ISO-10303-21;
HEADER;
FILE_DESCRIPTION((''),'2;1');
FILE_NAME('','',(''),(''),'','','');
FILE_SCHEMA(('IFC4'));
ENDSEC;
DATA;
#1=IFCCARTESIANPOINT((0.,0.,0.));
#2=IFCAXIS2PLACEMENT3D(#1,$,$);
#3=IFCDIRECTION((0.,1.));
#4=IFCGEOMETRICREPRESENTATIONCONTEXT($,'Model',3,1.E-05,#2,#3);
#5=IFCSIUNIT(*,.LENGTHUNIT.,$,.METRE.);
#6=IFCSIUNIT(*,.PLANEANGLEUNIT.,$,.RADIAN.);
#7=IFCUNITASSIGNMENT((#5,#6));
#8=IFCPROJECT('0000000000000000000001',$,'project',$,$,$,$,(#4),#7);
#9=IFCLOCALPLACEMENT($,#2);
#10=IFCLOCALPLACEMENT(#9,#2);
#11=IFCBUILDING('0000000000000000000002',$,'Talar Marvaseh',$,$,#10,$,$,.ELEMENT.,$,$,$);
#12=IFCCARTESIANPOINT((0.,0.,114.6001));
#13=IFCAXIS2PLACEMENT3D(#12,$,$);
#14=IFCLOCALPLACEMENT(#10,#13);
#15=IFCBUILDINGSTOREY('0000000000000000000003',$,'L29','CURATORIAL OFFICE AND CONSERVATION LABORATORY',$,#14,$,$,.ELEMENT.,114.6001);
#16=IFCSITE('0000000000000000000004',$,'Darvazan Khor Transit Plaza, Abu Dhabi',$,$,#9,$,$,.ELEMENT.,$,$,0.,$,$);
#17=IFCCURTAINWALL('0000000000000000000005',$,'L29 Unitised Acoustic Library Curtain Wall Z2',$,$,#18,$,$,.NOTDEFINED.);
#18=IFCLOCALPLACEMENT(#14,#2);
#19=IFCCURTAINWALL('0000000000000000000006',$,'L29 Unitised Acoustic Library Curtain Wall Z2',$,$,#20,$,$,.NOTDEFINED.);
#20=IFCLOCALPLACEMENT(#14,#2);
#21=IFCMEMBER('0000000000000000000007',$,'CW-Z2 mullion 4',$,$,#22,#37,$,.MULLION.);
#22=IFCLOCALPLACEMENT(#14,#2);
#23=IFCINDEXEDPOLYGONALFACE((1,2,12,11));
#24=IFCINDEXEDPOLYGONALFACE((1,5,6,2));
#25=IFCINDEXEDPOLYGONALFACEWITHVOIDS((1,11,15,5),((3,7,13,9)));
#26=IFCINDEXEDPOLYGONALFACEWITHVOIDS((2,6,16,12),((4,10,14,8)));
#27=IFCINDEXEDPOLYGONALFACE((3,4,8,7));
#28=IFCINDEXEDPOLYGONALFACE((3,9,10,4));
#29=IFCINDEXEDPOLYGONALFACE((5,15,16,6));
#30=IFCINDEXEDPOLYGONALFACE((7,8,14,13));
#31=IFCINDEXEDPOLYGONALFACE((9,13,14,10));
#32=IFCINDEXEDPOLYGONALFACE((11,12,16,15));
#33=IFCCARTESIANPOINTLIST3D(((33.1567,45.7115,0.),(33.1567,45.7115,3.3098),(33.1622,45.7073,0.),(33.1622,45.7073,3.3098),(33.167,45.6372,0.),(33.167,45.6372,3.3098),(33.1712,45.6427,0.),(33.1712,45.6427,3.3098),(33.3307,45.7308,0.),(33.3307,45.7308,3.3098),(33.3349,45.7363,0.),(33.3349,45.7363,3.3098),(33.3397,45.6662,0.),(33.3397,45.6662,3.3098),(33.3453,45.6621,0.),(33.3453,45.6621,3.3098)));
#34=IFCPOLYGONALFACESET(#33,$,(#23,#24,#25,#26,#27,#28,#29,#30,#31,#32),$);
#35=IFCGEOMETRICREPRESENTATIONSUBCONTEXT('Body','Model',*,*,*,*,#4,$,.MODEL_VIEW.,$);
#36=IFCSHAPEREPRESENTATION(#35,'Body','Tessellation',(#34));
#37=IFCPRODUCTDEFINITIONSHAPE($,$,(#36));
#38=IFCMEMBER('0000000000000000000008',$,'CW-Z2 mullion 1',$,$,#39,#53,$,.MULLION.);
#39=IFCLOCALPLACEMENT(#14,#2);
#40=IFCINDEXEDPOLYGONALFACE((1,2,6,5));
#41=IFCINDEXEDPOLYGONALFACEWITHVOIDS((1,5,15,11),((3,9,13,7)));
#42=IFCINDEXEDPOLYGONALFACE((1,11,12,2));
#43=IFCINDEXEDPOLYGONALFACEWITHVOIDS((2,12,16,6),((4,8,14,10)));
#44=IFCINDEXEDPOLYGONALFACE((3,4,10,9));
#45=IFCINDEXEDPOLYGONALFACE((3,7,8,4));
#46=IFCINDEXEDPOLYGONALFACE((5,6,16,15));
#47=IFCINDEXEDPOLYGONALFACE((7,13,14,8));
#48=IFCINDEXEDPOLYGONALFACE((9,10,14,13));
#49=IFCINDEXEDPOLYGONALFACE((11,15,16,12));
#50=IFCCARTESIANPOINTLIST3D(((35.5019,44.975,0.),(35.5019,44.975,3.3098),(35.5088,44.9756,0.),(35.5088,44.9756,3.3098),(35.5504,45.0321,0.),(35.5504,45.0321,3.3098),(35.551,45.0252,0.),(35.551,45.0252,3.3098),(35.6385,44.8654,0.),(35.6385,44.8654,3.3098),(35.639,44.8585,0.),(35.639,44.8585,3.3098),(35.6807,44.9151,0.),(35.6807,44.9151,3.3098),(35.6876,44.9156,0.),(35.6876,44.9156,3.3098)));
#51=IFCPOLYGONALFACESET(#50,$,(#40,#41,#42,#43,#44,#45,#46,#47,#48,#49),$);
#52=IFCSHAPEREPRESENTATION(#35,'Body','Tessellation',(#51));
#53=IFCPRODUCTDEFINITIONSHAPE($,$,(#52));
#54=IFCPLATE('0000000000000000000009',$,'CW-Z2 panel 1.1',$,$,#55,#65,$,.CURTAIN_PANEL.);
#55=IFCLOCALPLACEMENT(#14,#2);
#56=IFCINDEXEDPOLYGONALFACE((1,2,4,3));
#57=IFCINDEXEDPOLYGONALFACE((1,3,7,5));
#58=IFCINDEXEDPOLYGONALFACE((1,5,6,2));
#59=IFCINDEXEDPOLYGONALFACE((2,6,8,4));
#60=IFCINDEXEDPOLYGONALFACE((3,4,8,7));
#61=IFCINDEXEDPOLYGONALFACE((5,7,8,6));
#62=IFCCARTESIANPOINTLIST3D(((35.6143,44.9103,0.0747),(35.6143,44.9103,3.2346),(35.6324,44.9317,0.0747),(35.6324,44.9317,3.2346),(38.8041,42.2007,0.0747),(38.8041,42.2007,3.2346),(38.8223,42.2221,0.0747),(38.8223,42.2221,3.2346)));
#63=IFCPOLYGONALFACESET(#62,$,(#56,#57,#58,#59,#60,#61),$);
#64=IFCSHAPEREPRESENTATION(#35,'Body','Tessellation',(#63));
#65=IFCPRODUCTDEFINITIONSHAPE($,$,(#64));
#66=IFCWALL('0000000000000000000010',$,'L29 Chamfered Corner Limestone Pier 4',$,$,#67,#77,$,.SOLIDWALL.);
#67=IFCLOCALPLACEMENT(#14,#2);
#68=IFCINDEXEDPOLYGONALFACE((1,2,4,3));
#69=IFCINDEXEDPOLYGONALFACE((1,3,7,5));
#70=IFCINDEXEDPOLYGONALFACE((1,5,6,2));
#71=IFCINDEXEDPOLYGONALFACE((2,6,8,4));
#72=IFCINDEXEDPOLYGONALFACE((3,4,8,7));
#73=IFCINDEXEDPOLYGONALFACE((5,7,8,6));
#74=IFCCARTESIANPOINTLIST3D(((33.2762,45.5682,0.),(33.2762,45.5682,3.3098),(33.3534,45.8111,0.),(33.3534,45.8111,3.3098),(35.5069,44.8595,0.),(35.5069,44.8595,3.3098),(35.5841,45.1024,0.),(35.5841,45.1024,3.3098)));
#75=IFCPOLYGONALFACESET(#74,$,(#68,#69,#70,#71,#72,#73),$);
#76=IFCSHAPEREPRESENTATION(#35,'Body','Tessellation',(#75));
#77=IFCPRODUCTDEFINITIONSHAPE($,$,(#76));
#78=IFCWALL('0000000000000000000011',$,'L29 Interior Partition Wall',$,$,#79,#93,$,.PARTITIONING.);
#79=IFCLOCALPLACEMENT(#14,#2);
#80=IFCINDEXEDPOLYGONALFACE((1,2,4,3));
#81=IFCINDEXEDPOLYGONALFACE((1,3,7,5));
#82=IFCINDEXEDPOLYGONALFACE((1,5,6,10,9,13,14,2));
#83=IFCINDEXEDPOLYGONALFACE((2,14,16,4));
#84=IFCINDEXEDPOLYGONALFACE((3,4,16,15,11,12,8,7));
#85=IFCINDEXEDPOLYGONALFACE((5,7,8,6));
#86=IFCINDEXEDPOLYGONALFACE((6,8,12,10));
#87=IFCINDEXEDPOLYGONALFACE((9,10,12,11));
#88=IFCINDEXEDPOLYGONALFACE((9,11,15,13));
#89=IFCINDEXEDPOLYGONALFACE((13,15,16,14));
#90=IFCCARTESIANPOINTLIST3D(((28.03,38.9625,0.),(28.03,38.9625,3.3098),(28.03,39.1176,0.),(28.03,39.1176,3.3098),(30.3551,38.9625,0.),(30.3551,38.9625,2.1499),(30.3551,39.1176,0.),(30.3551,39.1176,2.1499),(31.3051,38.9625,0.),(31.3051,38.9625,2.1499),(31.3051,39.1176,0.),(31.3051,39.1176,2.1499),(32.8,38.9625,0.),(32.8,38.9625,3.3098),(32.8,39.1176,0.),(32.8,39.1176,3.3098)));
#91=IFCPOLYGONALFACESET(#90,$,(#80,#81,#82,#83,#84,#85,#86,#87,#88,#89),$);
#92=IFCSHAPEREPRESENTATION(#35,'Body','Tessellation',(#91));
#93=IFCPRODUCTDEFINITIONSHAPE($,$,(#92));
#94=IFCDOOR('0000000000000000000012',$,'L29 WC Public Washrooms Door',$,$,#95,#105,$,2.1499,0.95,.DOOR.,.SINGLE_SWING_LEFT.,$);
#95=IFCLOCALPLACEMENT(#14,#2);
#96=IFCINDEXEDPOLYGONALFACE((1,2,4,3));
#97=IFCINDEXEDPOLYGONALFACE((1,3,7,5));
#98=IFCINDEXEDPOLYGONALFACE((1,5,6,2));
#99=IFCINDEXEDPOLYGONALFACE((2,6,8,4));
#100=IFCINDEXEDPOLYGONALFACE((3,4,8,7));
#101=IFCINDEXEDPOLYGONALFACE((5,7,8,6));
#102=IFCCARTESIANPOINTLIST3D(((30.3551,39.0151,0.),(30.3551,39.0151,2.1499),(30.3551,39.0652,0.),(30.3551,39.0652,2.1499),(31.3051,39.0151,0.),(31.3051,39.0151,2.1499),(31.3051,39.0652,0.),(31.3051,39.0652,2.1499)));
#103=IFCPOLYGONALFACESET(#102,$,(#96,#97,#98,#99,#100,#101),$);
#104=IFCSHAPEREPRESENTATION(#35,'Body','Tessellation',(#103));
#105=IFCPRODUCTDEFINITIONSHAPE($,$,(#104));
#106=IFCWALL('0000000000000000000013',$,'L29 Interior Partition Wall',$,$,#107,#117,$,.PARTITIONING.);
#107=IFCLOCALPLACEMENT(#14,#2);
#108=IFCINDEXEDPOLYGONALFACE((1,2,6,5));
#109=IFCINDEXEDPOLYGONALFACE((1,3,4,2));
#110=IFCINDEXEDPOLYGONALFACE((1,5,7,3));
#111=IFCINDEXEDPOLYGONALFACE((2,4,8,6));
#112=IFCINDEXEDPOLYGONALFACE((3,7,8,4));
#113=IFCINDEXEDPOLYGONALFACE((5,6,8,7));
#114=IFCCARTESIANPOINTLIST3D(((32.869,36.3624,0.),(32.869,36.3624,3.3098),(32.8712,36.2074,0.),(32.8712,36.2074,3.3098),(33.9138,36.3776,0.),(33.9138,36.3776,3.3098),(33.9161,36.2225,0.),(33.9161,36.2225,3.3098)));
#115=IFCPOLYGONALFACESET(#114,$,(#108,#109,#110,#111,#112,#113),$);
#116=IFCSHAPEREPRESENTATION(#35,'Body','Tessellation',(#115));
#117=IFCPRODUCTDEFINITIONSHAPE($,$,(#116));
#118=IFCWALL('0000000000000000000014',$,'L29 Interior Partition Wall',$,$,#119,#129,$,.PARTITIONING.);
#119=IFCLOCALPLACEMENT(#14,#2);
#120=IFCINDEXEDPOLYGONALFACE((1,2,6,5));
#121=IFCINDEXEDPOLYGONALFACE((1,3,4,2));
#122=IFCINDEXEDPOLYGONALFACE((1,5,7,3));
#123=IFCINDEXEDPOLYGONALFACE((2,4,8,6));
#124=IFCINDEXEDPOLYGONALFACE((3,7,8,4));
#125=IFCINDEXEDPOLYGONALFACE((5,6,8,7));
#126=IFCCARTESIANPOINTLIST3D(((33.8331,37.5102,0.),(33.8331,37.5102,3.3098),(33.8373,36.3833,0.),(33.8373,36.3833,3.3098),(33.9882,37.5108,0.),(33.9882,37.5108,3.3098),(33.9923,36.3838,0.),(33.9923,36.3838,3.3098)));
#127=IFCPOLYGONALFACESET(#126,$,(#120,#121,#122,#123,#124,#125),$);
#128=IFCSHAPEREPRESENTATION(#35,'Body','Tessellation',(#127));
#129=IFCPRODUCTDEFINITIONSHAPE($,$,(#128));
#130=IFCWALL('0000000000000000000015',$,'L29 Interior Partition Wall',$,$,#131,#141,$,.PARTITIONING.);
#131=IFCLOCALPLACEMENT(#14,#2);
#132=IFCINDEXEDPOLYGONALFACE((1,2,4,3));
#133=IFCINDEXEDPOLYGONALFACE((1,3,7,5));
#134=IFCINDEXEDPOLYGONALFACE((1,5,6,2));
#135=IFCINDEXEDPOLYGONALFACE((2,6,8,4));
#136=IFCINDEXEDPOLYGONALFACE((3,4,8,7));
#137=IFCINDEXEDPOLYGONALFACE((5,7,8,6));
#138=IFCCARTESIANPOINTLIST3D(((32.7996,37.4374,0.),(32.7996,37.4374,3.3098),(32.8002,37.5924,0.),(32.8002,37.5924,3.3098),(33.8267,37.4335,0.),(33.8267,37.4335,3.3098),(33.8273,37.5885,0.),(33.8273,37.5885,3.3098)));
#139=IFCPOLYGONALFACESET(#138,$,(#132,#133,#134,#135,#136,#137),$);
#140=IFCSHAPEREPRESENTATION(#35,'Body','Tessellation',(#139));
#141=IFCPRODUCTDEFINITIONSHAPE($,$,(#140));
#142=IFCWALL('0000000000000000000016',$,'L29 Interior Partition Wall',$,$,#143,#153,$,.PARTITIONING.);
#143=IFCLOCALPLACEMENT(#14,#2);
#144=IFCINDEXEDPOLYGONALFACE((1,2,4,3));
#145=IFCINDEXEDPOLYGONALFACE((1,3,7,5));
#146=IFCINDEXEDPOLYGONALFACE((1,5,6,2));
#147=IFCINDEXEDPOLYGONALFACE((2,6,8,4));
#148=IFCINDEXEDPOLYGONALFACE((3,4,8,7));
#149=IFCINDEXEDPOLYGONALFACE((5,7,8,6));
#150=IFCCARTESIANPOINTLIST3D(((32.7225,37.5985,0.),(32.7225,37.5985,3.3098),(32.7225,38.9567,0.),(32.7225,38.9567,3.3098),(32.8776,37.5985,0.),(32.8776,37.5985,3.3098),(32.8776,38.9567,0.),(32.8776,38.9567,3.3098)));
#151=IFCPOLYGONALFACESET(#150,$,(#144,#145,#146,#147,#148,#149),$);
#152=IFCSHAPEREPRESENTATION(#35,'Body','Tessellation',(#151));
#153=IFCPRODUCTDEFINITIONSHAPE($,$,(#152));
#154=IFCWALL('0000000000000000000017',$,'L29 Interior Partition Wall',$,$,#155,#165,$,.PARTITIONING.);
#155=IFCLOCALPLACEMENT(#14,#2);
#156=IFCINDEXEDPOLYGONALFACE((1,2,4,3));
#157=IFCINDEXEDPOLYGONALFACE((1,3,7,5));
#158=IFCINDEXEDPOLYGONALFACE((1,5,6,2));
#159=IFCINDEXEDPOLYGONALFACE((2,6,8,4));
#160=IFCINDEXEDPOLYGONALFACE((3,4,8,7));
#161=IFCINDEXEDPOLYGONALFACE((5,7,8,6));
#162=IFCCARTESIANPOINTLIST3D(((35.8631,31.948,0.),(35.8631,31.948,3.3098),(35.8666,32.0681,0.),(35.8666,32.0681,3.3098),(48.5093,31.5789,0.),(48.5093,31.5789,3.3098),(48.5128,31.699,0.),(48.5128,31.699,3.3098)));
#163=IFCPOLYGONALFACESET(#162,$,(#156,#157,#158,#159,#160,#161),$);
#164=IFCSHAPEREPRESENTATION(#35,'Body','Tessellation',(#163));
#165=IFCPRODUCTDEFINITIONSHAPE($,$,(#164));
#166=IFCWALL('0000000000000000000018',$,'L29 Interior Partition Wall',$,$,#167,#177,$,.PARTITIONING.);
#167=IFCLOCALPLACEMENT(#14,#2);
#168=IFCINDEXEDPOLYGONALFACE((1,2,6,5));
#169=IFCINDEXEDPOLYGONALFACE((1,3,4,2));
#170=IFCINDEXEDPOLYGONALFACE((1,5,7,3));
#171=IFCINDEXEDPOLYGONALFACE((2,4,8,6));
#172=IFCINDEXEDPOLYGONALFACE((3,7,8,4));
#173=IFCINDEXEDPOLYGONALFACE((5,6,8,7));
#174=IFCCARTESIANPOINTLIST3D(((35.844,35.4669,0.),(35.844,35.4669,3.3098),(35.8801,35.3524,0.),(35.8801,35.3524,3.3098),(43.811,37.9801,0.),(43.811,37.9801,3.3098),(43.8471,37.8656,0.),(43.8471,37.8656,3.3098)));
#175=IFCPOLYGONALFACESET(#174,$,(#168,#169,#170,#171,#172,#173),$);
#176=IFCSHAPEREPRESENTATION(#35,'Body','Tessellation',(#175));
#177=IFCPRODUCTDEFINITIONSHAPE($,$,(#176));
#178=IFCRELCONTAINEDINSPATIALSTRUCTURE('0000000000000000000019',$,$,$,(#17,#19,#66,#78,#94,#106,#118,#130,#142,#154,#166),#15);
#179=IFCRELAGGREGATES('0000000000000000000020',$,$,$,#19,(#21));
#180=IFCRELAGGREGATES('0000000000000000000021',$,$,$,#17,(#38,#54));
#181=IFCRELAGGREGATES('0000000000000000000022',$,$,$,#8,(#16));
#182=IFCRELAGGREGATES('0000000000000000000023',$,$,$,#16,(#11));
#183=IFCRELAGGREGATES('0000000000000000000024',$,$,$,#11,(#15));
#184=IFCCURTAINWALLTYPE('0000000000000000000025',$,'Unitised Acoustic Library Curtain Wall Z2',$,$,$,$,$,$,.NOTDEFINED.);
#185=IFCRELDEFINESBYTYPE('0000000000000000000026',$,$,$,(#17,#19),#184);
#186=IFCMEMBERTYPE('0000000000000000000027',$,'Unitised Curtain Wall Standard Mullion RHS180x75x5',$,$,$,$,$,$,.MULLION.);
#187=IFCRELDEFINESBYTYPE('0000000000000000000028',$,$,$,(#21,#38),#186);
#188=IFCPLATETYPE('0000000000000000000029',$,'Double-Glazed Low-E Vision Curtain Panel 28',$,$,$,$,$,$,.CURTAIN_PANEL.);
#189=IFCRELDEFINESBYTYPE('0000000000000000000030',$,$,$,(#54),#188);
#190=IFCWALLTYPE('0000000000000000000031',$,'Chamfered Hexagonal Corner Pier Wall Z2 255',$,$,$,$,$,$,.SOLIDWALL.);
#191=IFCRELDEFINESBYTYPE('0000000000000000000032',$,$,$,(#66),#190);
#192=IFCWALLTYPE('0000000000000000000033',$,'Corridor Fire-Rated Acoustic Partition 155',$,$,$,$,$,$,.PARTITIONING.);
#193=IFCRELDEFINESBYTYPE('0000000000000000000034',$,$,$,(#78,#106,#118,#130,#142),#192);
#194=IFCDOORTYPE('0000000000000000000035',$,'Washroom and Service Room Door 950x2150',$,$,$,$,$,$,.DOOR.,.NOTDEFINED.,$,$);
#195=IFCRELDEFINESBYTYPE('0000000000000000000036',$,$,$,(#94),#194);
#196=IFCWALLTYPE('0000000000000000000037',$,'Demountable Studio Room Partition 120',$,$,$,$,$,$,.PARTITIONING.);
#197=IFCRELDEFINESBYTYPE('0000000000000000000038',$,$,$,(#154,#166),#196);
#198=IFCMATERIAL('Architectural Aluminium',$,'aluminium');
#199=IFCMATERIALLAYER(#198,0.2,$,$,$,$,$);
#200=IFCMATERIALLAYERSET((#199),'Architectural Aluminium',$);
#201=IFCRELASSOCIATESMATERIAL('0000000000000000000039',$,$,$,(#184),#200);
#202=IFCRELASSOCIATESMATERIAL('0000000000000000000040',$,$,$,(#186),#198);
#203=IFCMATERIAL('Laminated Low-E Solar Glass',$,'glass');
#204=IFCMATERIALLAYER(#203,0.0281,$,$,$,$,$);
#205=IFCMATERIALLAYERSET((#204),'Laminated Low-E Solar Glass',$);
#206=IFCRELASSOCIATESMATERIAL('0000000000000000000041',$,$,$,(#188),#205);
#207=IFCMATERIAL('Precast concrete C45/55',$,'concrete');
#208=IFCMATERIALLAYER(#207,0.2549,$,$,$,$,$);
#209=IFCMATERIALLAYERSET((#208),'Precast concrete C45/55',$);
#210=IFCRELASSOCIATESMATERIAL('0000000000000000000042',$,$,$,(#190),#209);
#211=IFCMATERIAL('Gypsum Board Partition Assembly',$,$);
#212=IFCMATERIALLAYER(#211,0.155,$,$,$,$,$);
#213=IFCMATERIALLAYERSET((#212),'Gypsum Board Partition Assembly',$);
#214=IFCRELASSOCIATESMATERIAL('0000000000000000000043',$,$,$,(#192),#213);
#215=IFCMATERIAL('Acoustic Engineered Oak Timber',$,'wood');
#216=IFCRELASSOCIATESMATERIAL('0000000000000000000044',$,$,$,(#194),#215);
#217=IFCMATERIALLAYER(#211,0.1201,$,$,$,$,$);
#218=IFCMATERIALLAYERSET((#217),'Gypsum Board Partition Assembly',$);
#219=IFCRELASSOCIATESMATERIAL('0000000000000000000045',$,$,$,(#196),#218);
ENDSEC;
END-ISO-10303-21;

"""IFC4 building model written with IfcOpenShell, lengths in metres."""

from ifc_helpers import new_model, si_unit, direction, frame, frame_2d, origin, origin_2d, place, context, subcontext, project, spatial, rectangle, hollow_rectangle, extrude, source, transform, mapped, material, layer, layer_set, material_profile, profile_set, type_object, type_shapes, element, fill, aggregate, save


model = new_model("IFC4")

# Units and contexts
model_context = context("Model", 3, precision=1e-05, world=origin(), true_north=direction((0.0, 1.0)))
body_context = subcontext(model_context, "Body", "Model", "MODEL_VIEW")
ifc_project = project(units=[si_unit("LENGTHUNIT", "METRE"), si_unit("PLANEANGLEUNIT", "RADIAN")], contexts=[model_context])

# Site, building, storey
site_placement = place(None, origin())
site = spatial("IfcSite", under=ifc_project, at=site_placement, Name="Darvazan Khor Transit Plaza, Abu Dhabi", CompositionType="ELEMENT", RefElevation=0.0)
building_placement = place(site_placement, origin())
building = spatial("IfcBuilding", under=site, at=building_placement, Name="Talar Marvaseh", CompositionType="ELEMENT")
storey_placement = place(building_placement, frame((0.0, 0.0, 114.6001)))
storey = spatial("IfcBuildingStorey", under=building, at=storey_placement, Name="L29", Description="CURATORIAL OFFICE AND CONSERVATION LABORATORY", CompositionType="ELEMENT", Elevation=114.6001)

# Curtain wall
ifc_material_1 = material(Name="Architectural Aluminium", Category="aluminium")
ifc_layer_1 = layer(ifc_material_1, 0.2)
ifc_layer_set_1 = layer_set([ifc_layer_1], Name="Architectural Aluminium")
curtain_wall_type = type_object("IfcCurtainWallType", Name="Unitised Acoustic Library Curtain Wall Z2", PredefinedType="NOTDEFINED", material=ifc_layer_set_1)
curtain_wall_1_placement = place(storey_placement, origin())
curtain_wall_1 = element("IfcCurtainWall", 1, at=curtain_wall_1_placement, inside=storey, type_object=curtain_wall_type, Name="L29 Unitised Acoustic Library Curtain Wall Z2", PredefinedType="NOTDEFINED")

# Curtain wall, member
curtain_wall_2_placement = place(storey_placement, origin())
curtain_wall_2 = element("IfcCurtainWall", 2, at=curtain_wall_2_placement, inside=storey, type_object=curtain_wall_type, Name="L29 Unitised Acoustic Library Curtain Wall Z2", PredefinedType="NOTDEFINED")
ifc_material_profile_1 = material_profile(ifc_material_1, hollow_rectangle(XDim=0.075, YDim=0.1799, WallThickness=0.0049, at=origin_2d()), Name="RHS180x75x5")
ifc_profile_set_1 = profile_set([ifc_material_profile_1], Name="Architectural Aluminium")
member_type_1 = type_object("IfcMemberType", Name="Unitised Curtain Wall Standard Mullion RHS180x75x5", PredefinedType="MULLION", material=ifc_profile_set_1)
shared_shape_1 = source(origin(), body_context, "Body", "SweptSolid", [
    extrude(hollow_rectangle(XDim=0.075, YDim=0.1799, WallThickness=0.0049, at=origin_2d()), origin(), (0.0, 0.0, 1.0), 3.3098),
])
type_shapes(member_type_1, [shared_shape_1])
member_1_placement = place(storey_placement, frame((33.251, 45.6868, 0.0), z_axis=(0.0, 0.0, 1.0), x_axis=(-0.137997, 0.990433, 0.0)))
member_1 = element("IfcMember", 3, at=member_1_placement, type_object=member_type_1, Name="CW-Z2 mullion 4", PredefinedType="MULLION", context=body_context, shape_type="MappedRepresentation", body=[
    mapped(shared_shape_1, transform((0.0, 0.0, 0.0), x_axis=(1.0, 0.0, 0.0), y_axis=(0.0, 1.0, 0.0), z_axis=(0.0, 0.0, 1.0), scale=1.0)),
])
aggregate(curtain_wall_2, [member_1])

# Member
member_2_placement = place(storey_placement, frame((35.5947, 44.9453, 0.0), z_axis=(0.0, 0.0, 1.0), x_axis=(0.647404, 0.762147, 0.0)))
member_2 = element("IfcMember", 4, at=member_2_placement, type_object=member_type_1, Name="CW-Z2 mullion 1", PredefinedType="MULLION", context=body_context, shape_type="MappedRepresentation", body=[
    mapped(shared_shape_1, transform((0.0, 0.0, 0.0), x_axis=(1.0, 0.0, 0.0), y_axis=(0.0, 1.0, 0.0), z_axis=(0.0, 0.0, 1.0), scale=1.0)),
])

# Plate
ifc_material_2 = material(Name="Laminated Low-E Solar Glass", Category="glass")
ifc_layer_2 = layer(ifc_material_2, 0.0281)
ifc_layer_set_2 = layer_set([ifc_layer_2], Name="Laminated Low-E Solar Glass")
plate_type = type_object("IfcPlateType", Name="Double-Glazed Low-E Vision Curtain Panel 28", PredefinedType="CURTAIN_PANEL", material=ifc_layer_set_2)
shared_shape_2 = source(origin(), body_context, "Body", "SweptSolid", [
    extrude(rectangle(XDim=4.1853, YDim=0.0281, at=origin_2d()), origin(), (0.0, 0.0, 1.0), 3.1599),
])
type_shapes(plate_type, [shared_shape_2])
plate_placement = place(storey_placement, frame((37.2183, 43.5662, 0.0747), z_axis=(0.0, 0.0, 1.0), x_axis=(0.762147, -0.647404, 0.0)))
plate = element("IfcPlate", 5, at=plate_placement, type_object=plate_type, Name="CW-Z2 panel 1.1", PredefinedType="CURTAIN_PANEL", context=body_context, shape_type="MappedRepresentation", body=[
    mapped(shared_shape_2, transform((0.0, 0.0, 0.0), x_axis=(1.0, 0.0, 0.0), y_axis=(0.0, 1.0, 0.0), z_axis=(0.0, 0.0, 1.0), scale=1.0)),
])
aggregate(curtain_wall_1, [member_2, plate])

# Wall
ifc_material_3 = material(Name="Precast concrete C45/55", Category="concrete")
ifc_layer_3 = layer(ifc_material_3, 0.2549)
ifc_layer_set_3 = layer_set([ifc_layer_3], Name="Precast concrete C45/55")
wall_type_1 = type_object("IfcWallType", Name="Chamfered Hexagonal Corner Pier Wall Z2 255", PredefinedType="SOLIDWALL", material=ifc_layer_set_3)
wall_1_placement = place(storey_placement, frame((33.3147, 45.6897, 0.0), z_axis=(0.0, 0.0, 1.0), x_axis=(0.953053, -0.302803, 0.0)))
element("IfcWall", 6, at=wall_1_placement, inside=storey, type_object=wall_type_1, Name="L29 Chamfered Corner Limestone Pier 4", PredefinedType="SOLIDWALL", context=body_context, shape_type="SweptSolid", body=[
    extrude(rectangle(XDim=2.3406, YDim=0.2549, at=frame_2d((1.1704, 0.0))), origin(), (0.0, 0.0, 1.0), 3.3098),
])

# Wall, opening, door
ifc_material_4 = material(Name="Gypsum Board Partition Assembly")
ifc_layer_4 = layer(ifc_material_4, 0.155)
ifc_layer_set_4 = layer_set([ifc_layer_4], Name="Gypsum Board Partition Assembly")
wall_type_2 = type_object("IfcWallType", Name="Corridor Fire-Rated Acoustic Partition 155", PredefinedType="PARTITIONING", material=ifc_layer_set_4)
wall_2_placement = place(storey_placement, frame((32.8, 39.04, 0.0), z_axis=(0.0, 0.0, 1.0), x_axis=(-1.0, 0.0, 0.0)))
wall_2 = element("IfcWall", 7, at=wall_2_placement, inside=storey, type_object=wall_type_2, Name="L29 Interior Partition Wall", PredefinedType="PARTITIONING", context=body_context, shape_type="SweptSolid", body=[
    extrude(rectangle(XDim=4.77, YDim=0.155, at=frame_2d((2.385, 0.0))), origin(), (0.0, 0.0, 1.0), 3.3098),
])
opening_1_placement = place(wall_2_placement, frame((1.4949, 0.0, 0.0)))
opening_1 = element("IfcOpeningElement", 8, at=opening_1_placement, cuts=wall_2, PredefinedType="OPENING", context=body_context, shape_type="SweptSolid", body=[
    extrude(rectangle(XDim=0.95, YDim=2.1499, at=frame_2d((0.4751, 1.075))), frame((0.0, 0.0874, 0.0), z_axis=(0.0, -1.0, 0.0), x_axis=(1.0, 0.0, 0.0)), (0.0, 0.0, 1.0), 0.175),
])
ifc_material_5 = material(Name="Acoustic Engineered Oak Timber", Category="wood")
door_type_1 = type_object("IfcDoorType", Name="Washroom and Service Room Door 950x2150", OperationType="NOTDEFINED", PredefinedType="DOOR", material=ifc_material_5)
shared_shape_3 = source(origin(), body_context, "Body", "SweptSolid", [
    extrude(rectangle(XDim=0.95, YDim=2.1499, at=frame_2d((0.4751, 1.075))), frame((0.0, 0.0249, 0.0), z_axis=(0.0, -1.0, 0.0), x_axis=(1.0, 0.0, 0.0)), (0.0, 0.0, 1.0), 0.05),
])
type_shapes(door_type_1, [shared_shape_3])
door_1_placement = place(opening_1_placement, origin())
door_1 = element("IfcDoor", 9, at=door_1_placement, inside=storey, type_object=door_type_1, Name="L29 WC Public Washrooms Door", OperationType="SINGLE_SWING_LEFT", OverallHeight=2.1499, OverallWidth=0.95, PredefinedType="DOOR", context=body_context, shape_type="MappedRepresentation", body=[
    mapped(shared_shape_3, transform((0.0, 0.0, 0.0), x_axis=(1.0, 0.0, 0.0), y_axis=(0.0, 1.0, 0.0), z_axis=(0.0, 0.0, 1.0), scale=1.0)),
])
fill(opening_1, door_1)

# Walls
wall_3_placement = place(storey_placement, frame((32.8701, 36.2849, 0.0), z_axis=(0.0, 0.0, 1.0), x_axis=(0.999895, 0.014484, 0.0)))
element("IfcWall", 10, at=wall_3_placement, inside=storey, type_object=wall_type_2, Name="L29 Interior Partition Wall", PredefinedType="PARTITIONING", context=body_context, shape_type="SweptSolid", body=[
    extrude(rectangle(XDim=1.0449, YDim=0.155, at=frame_2d((0.5225, 0.0))), origin(), (0.0, 0.0, 1.0), 3.3098),
])
wall_4_placement = place(storey_placement, frame((33.9148, 36.3835, 0.0), z_axis=(0.0, 0.0, 1.0), x_axis=(-0.003683, 0.999993, 0.0)))
element("IfcWall", 11, at=wall_4_placement, inside=storey, type_object=wall_type_2, Name="L29 Interior Partition Wall", PredefinedType="PARTITIONING", context=body_context, shape_type="SweptSolid", body=[
    extrude(rectangle(XDim=1.127, YDim=0.155, at=frame_2d((0.5635, 0.0))), origin(), (0.0, 0.0, 1.0), 3.3098),
])
wall_5_placement = place(storey_placement, frame((33.8271, 37.511, 0.0), z_axis=(0.0, 0.0, 1.0), x_axis=(-0.999993, 0.003803, 0.0)))
element("IfcWall", 12, at=wall_5_placement, inside=storey, type_object=wall_type_2, Name="L29 Interior Partition Wall", PredefinedType="PARTITIONING", context=body_context, shape_type="SweptSolid", body=[
    extrude(rectangle(XDim=1.0271, YDim=0.155, at=frame_2d((0.5137, 0.0))), origin(), (0.0, 0.0, 1.0), 3.3098),
])
wall_6_placement = place(storey_placement, frame((32.8, 37.5984, 0.0), z_axis=(0.0, 0.0, 1.0), x_axis=(0.0, 1.0, 0.0)))
element("IfcWall", 13, at=wall_6_placement, inside=storey, type_object=wall_type_2, Name="L29 Interior Partition Wall", PredefinedType="PARTITIONING", context=body_context, shape_type="SweptSolid", body=[
    extrude(rectangle(XDim=1.3582, YDim=0.155, at=frame_2d((0.6792, 0.0))), origin(), (0.0, 0.0, 1.0), 3.3098),
])
ifc_layer_5 = layer(ifc_material_4, 0.1201)
ifc_layer_set_5 = layer_set([ifc_layer_5], Name="Gypsum Board Partition Assembly")
wall_type_3 = type_object("IfcWallType", Name="Demountable Studio Room Partition 120", PredefinedType="PARTITIONING", material=ifc_layer_set_5)
wall_7_placement = place(storey_placement, frame((35.865, 32.0081, 0.0), z_axis=(0.0, 0.0, 1.0), x_axis=(0.999574, -0.029177, 0.0)))
element("IfcWall", 14, at=wall_7_placement, inside=storey, type_object=wall_type_3, Name="L29 Interior Partition Wall", PredefinedType="PARTITIONING", context=body_context, shape_type="SweptSolid", body=[
    extrude(rectangle(XDim=12.6516, YDim=0.1201, at=frame_2d((6.3257, 0.0))), origin(), (0.0, 0.0, 1.0), 3.3098),
])
wall_8_placement = place(storey_placement, frame((35.8621, 35.4097, 0.0), z_axis=(0.0, 0.0, 1.0), x_axis=(0.953676, 0.300835, 0.0)))
element("IfcWall", 15, at=wall_8_placement, inside=storey, type_object=wall_type_3, Name="L29 Interior Partition Wall", PredefinedType="PARTITIONING", context=body_context, shape_type="SweptSolid", body=[
    extrude(rectangle(XDim=8.354, YDim=0.1201, at=frame_2d((4.177, 0.0))), origin(), (0.0, 0.0, 1.0), 3.3098),
])

save(model, "model.ifc")
